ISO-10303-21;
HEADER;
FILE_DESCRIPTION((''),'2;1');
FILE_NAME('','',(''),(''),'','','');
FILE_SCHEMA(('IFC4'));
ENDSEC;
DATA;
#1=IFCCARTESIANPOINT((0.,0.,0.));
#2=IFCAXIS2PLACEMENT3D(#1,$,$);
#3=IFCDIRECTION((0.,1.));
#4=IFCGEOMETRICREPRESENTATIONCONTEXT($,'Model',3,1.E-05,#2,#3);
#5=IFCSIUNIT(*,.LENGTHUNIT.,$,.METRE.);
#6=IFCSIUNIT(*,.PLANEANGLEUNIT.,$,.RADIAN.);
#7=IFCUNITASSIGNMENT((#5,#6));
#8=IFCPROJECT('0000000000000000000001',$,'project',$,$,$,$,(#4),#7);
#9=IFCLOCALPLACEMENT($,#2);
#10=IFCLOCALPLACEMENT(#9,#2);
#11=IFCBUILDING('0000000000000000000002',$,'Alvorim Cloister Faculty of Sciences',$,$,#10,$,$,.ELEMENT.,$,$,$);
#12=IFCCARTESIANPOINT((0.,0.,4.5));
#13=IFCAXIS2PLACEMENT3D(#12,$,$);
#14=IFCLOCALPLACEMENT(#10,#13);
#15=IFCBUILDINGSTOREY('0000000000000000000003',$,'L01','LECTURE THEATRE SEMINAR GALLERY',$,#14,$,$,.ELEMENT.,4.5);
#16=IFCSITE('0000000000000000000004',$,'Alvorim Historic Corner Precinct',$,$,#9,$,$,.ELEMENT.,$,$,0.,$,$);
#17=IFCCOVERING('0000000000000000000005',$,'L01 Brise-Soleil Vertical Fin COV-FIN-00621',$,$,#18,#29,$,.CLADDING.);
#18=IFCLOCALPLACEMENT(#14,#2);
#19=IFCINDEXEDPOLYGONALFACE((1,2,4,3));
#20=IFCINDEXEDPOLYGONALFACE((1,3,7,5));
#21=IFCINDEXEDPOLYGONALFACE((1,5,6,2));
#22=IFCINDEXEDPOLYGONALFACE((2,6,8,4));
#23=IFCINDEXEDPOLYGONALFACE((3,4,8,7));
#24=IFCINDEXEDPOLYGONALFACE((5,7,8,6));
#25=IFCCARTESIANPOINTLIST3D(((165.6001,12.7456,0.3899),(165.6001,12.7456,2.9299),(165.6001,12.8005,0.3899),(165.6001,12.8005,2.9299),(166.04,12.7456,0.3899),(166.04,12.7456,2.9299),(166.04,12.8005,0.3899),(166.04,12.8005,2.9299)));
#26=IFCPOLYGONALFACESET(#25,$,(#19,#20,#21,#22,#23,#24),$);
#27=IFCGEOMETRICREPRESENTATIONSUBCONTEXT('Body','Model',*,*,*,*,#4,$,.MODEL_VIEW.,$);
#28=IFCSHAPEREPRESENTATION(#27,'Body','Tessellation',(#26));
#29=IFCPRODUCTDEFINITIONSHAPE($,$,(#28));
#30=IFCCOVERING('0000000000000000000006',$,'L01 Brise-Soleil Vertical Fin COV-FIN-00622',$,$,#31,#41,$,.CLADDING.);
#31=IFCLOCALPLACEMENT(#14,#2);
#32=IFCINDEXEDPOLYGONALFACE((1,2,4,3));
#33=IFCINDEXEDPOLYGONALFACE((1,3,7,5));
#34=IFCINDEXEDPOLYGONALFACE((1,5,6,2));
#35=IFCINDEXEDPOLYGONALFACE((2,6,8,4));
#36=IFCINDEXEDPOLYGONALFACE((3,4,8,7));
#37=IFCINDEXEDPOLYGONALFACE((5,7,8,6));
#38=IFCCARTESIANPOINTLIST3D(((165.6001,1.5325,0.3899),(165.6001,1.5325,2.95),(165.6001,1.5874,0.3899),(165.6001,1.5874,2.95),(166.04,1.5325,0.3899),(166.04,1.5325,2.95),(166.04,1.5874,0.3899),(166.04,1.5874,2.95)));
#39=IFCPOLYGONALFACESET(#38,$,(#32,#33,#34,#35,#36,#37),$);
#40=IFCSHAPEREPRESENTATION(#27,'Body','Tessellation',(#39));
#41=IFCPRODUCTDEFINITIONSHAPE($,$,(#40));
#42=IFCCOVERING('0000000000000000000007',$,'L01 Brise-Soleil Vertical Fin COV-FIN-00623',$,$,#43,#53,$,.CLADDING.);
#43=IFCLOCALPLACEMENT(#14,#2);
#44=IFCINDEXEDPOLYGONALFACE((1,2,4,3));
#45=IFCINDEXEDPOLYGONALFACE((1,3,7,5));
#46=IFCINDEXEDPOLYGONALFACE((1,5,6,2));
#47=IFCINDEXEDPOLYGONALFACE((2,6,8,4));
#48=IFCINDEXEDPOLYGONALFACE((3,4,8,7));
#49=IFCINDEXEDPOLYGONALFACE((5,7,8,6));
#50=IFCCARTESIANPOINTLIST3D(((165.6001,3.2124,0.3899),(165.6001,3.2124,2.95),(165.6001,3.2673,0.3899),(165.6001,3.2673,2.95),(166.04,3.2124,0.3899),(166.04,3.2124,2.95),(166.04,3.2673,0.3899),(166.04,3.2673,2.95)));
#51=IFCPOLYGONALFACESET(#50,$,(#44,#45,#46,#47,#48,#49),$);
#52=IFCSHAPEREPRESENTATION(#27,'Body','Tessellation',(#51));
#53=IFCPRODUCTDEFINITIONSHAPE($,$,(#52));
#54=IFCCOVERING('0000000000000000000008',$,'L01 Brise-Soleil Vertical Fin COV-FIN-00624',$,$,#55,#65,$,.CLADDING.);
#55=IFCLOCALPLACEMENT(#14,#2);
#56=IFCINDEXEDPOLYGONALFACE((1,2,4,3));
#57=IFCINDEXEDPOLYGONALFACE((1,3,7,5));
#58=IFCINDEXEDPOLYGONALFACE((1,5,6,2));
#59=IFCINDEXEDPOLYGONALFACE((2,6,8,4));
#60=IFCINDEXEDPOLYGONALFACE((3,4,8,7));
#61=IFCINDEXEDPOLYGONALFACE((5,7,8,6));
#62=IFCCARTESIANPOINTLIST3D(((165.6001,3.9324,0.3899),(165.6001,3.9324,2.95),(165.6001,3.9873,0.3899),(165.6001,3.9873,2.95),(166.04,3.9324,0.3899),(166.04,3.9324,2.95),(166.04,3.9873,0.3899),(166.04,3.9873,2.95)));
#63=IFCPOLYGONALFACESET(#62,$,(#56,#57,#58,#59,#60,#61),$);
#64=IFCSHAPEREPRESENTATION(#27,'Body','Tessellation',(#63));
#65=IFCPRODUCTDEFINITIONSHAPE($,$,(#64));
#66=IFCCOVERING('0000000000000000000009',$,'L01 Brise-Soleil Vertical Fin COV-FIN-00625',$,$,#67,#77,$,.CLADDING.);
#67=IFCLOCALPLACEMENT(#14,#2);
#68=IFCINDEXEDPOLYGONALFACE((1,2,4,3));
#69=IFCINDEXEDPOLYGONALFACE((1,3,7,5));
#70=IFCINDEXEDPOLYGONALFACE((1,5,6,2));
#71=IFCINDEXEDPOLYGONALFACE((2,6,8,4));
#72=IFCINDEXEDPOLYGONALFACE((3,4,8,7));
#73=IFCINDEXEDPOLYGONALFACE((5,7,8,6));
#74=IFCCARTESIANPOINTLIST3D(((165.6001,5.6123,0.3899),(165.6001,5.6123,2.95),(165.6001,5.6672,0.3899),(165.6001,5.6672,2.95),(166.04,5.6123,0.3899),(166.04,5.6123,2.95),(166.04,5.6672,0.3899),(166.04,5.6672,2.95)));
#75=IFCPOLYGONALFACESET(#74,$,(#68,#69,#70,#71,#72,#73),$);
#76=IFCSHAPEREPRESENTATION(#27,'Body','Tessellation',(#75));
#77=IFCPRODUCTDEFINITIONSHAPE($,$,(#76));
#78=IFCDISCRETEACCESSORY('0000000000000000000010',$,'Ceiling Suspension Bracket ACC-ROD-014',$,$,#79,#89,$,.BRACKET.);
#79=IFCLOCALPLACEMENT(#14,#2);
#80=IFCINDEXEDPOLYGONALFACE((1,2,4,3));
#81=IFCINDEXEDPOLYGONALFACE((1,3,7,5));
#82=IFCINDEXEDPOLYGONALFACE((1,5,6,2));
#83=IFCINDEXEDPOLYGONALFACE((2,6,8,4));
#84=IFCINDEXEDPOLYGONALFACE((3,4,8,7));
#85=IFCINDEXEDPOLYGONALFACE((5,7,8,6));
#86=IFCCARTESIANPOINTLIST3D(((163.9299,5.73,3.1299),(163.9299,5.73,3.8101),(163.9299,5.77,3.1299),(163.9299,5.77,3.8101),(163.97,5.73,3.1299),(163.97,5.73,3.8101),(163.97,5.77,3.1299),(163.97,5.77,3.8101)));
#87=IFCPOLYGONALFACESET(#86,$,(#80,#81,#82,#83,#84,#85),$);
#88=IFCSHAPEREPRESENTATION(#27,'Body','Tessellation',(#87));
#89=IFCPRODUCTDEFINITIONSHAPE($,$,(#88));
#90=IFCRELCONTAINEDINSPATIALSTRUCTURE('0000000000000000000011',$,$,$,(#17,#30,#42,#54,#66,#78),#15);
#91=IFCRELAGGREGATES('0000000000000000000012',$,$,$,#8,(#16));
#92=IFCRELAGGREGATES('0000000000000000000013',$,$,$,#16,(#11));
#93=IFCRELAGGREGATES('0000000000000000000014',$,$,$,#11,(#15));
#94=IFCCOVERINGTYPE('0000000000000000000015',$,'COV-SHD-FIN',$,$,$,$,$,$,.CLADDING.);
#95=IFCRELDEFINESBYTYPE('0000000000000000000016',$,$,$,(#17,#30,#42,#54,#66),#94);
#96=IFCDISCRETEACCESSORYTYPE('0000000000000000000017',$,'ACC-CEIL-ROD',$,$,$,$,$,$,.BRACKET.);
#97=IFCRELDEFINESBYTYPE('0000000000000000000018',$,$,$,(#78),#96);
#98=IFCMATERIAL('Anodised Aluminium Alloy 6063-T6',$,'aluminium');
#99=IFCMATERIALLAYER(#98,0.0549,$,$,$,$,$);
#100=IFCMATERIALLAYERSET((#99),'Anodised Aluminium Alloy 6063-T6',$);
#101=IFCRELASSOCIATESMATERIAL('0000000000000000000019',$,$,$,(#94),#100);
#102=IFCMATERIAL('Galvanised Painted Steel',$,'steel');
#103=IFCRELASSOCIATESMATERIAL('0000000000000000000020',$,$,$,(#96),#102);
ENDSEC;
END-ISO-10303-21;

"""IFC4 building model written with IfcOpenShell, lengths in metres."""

from ifc_helpers import new_model, si_unit, direction, frame, origin, origin_2d, place, context, subcontext, project, spatial, polyline, rectangle, outline, extrude, material, layer, layer_set, type_object, element, save


model = new_model("IFC4")

# Units and contexts
model_context = context("Model", 3, precision=1e-05, world=origin(), true_north=direction((0.0, 1.0)))
body_context = subcontext(model_context, "Body", "Model", "MODEL_VIEW")
ifc_project = project(units=[si_unit("LENGTHUNIT", "METRE"), si_unit("PLANEANGLEUNIT", "RADIAN")], contexts=[model_context])

# Site, building, storey
site_placement = place(None, origin())
site = spatial("IfcSite", under=ifc_project, at=site_placement, Name="Alvorim Historic Corner Precinct", CompositionType="ELEMENT", RefElevation=0.0)
building_placement = place(site_placement, origin())
building = spatial("IfcBuilding", under=site, at=building_placement, Name="Alvorim Cloister Faculty of Sciences", CompositionType="ELEMENT")
storey_placement = place(building_placement, frame((0.0, 0.0, 4.5)))
storey = spatial("IfcBuildingStorey", under=building, at=storey_placement, Name="L01", Description="LECTURE THEATRE SEMINAR GALLERY", CompositionType="ELEMENT", Elevation=4.5)

# Coverings
ifc_material_1 = material(Name="Anodised Aluminium Alloy 6063-T6", Category="aluminium")
ifc_layer_1 = layer(ifc_material_1, 0.0549)
ifc_layer_set_1 = layer_set([ifc_layer_1], Name="Anodised Aluminium Alloy 6063-T6")
covering_type = type_object("IfcCoveringType", Name="COV-SHD-FIN", PredefinedType="CLADDING", material=ifc_layer_set_1)
for number, where, z_axis, x_axis, name in (
    (1, (165.6001, 12.7732, 0.3899), (0.0, 0.0, 1.0), (1.0, 0.0, 0.0), "L01 Brise-Soleil Vertical Fin COV-FIN-00621"),
):
    element("IfcCovering", number, at=place(storey_placement, frame(where, z_axis=z_axis, x_axis=x_axis)), inside=storey, type_object=covering_type, Name=name, PredefinedType="CLADDING", context=body_context, shape_type="SweptSolid", body=[
        extrude(outline(polyline([(0.0, 0.0), (0.4399, 0.0), (0.4399, 2.54), (0.0, 2.54), (0.0, 0.0)])), frame((0.0, 0.0273, 0.0), z_axis=(0.0, -1.0, 0.0), x_axis=(1.0, 0.0, 0.0)), (0.0, 0.0, 1.0), 0.0549),
    ])
for number, where, z_axis, x_axis, name in (
    (2, (165.6001, 1.5601, 0.3899), (0.0, 0.0, 1.0), (1.0, 0.0, 0.0), "L01 Brise-Soleil Vertical Fin COV-FIN-00622"),
    (3, (165.6001, 3.24, 0.3899), (0.0, 0.0, 1.0), (1.0, 0.0, 0.0), "L01 Brise-Soleil Vertical Fin COV-FIN-00623"),
    (4, (165.6001, 3.96, 0.3899), (0.0, 0.0, 1.0), (1.0, 0.0, 0.0), "L01 Brise-Soleil Vertical Fin COV-FIN-00624"),
    (5, (165.6001, 5.6399, 0.3899), (0.0, 0.0, 1.0), (1.0, 0.0, 0.0), "L01 Brise-Soleil Vertical Fin COV-FIN-00625"),
):
    element("IfcCovering", number, at=place(storey_placement, frame(where, z_axis=z_axis, x_axis=x_axis)), inside=storey, type_object=covering_type, Name=name, PredefinedType="CLADDING", context=body_context, shape_type="SweptSolid", body=[
        extrude(outline(polyline([(0.0, 0.0), (0.4399, 0.0), (0.4399, 2.5601), (0.0, 2.5601), (0.0, 0.0)])), frame((0.0, 0.0273, 0.0), z_axis=(0.0, -1.0, 0.0), x_axis=(1.0, 0.0, 0.0)), (0.0, 0.0, 1.0), 0.0549),
    ])

# Discrete accessory
ifc_material_2 = material(Name="Galvanised Painted Steel", Category="steel")
discrete_accessory_type = type_object("IfcDiscreteAccessoryType", Name="ACC-CEIL-ROD", PredefinedType="BRACKET", material=ifc_material_2)
discrete_accessory_placement = place(storey_placement, frame((163.95, 5.75, 3.1299), z_axis=(0.0, 0.0, 1.0), x_axis=(1.0, 0.0, 0.0)))
element("IfcDiscreteAccessory", 6, at=discrete_accessory_placement, inside=storey, type_object=discrete_accessory_type, Name="Ceiling Suspension Bracket ACC-ROD-014", PredefinedType="BRACKET", context=body_context, shape_type="SweptSolid", body=[
    extrude(rectangle(XDim=0.04, YDim=0.04, at=origin_2d()), origin(), (0.0, 0.0, 1.0), 0.6802),
])

save(model, "model.ifc")
